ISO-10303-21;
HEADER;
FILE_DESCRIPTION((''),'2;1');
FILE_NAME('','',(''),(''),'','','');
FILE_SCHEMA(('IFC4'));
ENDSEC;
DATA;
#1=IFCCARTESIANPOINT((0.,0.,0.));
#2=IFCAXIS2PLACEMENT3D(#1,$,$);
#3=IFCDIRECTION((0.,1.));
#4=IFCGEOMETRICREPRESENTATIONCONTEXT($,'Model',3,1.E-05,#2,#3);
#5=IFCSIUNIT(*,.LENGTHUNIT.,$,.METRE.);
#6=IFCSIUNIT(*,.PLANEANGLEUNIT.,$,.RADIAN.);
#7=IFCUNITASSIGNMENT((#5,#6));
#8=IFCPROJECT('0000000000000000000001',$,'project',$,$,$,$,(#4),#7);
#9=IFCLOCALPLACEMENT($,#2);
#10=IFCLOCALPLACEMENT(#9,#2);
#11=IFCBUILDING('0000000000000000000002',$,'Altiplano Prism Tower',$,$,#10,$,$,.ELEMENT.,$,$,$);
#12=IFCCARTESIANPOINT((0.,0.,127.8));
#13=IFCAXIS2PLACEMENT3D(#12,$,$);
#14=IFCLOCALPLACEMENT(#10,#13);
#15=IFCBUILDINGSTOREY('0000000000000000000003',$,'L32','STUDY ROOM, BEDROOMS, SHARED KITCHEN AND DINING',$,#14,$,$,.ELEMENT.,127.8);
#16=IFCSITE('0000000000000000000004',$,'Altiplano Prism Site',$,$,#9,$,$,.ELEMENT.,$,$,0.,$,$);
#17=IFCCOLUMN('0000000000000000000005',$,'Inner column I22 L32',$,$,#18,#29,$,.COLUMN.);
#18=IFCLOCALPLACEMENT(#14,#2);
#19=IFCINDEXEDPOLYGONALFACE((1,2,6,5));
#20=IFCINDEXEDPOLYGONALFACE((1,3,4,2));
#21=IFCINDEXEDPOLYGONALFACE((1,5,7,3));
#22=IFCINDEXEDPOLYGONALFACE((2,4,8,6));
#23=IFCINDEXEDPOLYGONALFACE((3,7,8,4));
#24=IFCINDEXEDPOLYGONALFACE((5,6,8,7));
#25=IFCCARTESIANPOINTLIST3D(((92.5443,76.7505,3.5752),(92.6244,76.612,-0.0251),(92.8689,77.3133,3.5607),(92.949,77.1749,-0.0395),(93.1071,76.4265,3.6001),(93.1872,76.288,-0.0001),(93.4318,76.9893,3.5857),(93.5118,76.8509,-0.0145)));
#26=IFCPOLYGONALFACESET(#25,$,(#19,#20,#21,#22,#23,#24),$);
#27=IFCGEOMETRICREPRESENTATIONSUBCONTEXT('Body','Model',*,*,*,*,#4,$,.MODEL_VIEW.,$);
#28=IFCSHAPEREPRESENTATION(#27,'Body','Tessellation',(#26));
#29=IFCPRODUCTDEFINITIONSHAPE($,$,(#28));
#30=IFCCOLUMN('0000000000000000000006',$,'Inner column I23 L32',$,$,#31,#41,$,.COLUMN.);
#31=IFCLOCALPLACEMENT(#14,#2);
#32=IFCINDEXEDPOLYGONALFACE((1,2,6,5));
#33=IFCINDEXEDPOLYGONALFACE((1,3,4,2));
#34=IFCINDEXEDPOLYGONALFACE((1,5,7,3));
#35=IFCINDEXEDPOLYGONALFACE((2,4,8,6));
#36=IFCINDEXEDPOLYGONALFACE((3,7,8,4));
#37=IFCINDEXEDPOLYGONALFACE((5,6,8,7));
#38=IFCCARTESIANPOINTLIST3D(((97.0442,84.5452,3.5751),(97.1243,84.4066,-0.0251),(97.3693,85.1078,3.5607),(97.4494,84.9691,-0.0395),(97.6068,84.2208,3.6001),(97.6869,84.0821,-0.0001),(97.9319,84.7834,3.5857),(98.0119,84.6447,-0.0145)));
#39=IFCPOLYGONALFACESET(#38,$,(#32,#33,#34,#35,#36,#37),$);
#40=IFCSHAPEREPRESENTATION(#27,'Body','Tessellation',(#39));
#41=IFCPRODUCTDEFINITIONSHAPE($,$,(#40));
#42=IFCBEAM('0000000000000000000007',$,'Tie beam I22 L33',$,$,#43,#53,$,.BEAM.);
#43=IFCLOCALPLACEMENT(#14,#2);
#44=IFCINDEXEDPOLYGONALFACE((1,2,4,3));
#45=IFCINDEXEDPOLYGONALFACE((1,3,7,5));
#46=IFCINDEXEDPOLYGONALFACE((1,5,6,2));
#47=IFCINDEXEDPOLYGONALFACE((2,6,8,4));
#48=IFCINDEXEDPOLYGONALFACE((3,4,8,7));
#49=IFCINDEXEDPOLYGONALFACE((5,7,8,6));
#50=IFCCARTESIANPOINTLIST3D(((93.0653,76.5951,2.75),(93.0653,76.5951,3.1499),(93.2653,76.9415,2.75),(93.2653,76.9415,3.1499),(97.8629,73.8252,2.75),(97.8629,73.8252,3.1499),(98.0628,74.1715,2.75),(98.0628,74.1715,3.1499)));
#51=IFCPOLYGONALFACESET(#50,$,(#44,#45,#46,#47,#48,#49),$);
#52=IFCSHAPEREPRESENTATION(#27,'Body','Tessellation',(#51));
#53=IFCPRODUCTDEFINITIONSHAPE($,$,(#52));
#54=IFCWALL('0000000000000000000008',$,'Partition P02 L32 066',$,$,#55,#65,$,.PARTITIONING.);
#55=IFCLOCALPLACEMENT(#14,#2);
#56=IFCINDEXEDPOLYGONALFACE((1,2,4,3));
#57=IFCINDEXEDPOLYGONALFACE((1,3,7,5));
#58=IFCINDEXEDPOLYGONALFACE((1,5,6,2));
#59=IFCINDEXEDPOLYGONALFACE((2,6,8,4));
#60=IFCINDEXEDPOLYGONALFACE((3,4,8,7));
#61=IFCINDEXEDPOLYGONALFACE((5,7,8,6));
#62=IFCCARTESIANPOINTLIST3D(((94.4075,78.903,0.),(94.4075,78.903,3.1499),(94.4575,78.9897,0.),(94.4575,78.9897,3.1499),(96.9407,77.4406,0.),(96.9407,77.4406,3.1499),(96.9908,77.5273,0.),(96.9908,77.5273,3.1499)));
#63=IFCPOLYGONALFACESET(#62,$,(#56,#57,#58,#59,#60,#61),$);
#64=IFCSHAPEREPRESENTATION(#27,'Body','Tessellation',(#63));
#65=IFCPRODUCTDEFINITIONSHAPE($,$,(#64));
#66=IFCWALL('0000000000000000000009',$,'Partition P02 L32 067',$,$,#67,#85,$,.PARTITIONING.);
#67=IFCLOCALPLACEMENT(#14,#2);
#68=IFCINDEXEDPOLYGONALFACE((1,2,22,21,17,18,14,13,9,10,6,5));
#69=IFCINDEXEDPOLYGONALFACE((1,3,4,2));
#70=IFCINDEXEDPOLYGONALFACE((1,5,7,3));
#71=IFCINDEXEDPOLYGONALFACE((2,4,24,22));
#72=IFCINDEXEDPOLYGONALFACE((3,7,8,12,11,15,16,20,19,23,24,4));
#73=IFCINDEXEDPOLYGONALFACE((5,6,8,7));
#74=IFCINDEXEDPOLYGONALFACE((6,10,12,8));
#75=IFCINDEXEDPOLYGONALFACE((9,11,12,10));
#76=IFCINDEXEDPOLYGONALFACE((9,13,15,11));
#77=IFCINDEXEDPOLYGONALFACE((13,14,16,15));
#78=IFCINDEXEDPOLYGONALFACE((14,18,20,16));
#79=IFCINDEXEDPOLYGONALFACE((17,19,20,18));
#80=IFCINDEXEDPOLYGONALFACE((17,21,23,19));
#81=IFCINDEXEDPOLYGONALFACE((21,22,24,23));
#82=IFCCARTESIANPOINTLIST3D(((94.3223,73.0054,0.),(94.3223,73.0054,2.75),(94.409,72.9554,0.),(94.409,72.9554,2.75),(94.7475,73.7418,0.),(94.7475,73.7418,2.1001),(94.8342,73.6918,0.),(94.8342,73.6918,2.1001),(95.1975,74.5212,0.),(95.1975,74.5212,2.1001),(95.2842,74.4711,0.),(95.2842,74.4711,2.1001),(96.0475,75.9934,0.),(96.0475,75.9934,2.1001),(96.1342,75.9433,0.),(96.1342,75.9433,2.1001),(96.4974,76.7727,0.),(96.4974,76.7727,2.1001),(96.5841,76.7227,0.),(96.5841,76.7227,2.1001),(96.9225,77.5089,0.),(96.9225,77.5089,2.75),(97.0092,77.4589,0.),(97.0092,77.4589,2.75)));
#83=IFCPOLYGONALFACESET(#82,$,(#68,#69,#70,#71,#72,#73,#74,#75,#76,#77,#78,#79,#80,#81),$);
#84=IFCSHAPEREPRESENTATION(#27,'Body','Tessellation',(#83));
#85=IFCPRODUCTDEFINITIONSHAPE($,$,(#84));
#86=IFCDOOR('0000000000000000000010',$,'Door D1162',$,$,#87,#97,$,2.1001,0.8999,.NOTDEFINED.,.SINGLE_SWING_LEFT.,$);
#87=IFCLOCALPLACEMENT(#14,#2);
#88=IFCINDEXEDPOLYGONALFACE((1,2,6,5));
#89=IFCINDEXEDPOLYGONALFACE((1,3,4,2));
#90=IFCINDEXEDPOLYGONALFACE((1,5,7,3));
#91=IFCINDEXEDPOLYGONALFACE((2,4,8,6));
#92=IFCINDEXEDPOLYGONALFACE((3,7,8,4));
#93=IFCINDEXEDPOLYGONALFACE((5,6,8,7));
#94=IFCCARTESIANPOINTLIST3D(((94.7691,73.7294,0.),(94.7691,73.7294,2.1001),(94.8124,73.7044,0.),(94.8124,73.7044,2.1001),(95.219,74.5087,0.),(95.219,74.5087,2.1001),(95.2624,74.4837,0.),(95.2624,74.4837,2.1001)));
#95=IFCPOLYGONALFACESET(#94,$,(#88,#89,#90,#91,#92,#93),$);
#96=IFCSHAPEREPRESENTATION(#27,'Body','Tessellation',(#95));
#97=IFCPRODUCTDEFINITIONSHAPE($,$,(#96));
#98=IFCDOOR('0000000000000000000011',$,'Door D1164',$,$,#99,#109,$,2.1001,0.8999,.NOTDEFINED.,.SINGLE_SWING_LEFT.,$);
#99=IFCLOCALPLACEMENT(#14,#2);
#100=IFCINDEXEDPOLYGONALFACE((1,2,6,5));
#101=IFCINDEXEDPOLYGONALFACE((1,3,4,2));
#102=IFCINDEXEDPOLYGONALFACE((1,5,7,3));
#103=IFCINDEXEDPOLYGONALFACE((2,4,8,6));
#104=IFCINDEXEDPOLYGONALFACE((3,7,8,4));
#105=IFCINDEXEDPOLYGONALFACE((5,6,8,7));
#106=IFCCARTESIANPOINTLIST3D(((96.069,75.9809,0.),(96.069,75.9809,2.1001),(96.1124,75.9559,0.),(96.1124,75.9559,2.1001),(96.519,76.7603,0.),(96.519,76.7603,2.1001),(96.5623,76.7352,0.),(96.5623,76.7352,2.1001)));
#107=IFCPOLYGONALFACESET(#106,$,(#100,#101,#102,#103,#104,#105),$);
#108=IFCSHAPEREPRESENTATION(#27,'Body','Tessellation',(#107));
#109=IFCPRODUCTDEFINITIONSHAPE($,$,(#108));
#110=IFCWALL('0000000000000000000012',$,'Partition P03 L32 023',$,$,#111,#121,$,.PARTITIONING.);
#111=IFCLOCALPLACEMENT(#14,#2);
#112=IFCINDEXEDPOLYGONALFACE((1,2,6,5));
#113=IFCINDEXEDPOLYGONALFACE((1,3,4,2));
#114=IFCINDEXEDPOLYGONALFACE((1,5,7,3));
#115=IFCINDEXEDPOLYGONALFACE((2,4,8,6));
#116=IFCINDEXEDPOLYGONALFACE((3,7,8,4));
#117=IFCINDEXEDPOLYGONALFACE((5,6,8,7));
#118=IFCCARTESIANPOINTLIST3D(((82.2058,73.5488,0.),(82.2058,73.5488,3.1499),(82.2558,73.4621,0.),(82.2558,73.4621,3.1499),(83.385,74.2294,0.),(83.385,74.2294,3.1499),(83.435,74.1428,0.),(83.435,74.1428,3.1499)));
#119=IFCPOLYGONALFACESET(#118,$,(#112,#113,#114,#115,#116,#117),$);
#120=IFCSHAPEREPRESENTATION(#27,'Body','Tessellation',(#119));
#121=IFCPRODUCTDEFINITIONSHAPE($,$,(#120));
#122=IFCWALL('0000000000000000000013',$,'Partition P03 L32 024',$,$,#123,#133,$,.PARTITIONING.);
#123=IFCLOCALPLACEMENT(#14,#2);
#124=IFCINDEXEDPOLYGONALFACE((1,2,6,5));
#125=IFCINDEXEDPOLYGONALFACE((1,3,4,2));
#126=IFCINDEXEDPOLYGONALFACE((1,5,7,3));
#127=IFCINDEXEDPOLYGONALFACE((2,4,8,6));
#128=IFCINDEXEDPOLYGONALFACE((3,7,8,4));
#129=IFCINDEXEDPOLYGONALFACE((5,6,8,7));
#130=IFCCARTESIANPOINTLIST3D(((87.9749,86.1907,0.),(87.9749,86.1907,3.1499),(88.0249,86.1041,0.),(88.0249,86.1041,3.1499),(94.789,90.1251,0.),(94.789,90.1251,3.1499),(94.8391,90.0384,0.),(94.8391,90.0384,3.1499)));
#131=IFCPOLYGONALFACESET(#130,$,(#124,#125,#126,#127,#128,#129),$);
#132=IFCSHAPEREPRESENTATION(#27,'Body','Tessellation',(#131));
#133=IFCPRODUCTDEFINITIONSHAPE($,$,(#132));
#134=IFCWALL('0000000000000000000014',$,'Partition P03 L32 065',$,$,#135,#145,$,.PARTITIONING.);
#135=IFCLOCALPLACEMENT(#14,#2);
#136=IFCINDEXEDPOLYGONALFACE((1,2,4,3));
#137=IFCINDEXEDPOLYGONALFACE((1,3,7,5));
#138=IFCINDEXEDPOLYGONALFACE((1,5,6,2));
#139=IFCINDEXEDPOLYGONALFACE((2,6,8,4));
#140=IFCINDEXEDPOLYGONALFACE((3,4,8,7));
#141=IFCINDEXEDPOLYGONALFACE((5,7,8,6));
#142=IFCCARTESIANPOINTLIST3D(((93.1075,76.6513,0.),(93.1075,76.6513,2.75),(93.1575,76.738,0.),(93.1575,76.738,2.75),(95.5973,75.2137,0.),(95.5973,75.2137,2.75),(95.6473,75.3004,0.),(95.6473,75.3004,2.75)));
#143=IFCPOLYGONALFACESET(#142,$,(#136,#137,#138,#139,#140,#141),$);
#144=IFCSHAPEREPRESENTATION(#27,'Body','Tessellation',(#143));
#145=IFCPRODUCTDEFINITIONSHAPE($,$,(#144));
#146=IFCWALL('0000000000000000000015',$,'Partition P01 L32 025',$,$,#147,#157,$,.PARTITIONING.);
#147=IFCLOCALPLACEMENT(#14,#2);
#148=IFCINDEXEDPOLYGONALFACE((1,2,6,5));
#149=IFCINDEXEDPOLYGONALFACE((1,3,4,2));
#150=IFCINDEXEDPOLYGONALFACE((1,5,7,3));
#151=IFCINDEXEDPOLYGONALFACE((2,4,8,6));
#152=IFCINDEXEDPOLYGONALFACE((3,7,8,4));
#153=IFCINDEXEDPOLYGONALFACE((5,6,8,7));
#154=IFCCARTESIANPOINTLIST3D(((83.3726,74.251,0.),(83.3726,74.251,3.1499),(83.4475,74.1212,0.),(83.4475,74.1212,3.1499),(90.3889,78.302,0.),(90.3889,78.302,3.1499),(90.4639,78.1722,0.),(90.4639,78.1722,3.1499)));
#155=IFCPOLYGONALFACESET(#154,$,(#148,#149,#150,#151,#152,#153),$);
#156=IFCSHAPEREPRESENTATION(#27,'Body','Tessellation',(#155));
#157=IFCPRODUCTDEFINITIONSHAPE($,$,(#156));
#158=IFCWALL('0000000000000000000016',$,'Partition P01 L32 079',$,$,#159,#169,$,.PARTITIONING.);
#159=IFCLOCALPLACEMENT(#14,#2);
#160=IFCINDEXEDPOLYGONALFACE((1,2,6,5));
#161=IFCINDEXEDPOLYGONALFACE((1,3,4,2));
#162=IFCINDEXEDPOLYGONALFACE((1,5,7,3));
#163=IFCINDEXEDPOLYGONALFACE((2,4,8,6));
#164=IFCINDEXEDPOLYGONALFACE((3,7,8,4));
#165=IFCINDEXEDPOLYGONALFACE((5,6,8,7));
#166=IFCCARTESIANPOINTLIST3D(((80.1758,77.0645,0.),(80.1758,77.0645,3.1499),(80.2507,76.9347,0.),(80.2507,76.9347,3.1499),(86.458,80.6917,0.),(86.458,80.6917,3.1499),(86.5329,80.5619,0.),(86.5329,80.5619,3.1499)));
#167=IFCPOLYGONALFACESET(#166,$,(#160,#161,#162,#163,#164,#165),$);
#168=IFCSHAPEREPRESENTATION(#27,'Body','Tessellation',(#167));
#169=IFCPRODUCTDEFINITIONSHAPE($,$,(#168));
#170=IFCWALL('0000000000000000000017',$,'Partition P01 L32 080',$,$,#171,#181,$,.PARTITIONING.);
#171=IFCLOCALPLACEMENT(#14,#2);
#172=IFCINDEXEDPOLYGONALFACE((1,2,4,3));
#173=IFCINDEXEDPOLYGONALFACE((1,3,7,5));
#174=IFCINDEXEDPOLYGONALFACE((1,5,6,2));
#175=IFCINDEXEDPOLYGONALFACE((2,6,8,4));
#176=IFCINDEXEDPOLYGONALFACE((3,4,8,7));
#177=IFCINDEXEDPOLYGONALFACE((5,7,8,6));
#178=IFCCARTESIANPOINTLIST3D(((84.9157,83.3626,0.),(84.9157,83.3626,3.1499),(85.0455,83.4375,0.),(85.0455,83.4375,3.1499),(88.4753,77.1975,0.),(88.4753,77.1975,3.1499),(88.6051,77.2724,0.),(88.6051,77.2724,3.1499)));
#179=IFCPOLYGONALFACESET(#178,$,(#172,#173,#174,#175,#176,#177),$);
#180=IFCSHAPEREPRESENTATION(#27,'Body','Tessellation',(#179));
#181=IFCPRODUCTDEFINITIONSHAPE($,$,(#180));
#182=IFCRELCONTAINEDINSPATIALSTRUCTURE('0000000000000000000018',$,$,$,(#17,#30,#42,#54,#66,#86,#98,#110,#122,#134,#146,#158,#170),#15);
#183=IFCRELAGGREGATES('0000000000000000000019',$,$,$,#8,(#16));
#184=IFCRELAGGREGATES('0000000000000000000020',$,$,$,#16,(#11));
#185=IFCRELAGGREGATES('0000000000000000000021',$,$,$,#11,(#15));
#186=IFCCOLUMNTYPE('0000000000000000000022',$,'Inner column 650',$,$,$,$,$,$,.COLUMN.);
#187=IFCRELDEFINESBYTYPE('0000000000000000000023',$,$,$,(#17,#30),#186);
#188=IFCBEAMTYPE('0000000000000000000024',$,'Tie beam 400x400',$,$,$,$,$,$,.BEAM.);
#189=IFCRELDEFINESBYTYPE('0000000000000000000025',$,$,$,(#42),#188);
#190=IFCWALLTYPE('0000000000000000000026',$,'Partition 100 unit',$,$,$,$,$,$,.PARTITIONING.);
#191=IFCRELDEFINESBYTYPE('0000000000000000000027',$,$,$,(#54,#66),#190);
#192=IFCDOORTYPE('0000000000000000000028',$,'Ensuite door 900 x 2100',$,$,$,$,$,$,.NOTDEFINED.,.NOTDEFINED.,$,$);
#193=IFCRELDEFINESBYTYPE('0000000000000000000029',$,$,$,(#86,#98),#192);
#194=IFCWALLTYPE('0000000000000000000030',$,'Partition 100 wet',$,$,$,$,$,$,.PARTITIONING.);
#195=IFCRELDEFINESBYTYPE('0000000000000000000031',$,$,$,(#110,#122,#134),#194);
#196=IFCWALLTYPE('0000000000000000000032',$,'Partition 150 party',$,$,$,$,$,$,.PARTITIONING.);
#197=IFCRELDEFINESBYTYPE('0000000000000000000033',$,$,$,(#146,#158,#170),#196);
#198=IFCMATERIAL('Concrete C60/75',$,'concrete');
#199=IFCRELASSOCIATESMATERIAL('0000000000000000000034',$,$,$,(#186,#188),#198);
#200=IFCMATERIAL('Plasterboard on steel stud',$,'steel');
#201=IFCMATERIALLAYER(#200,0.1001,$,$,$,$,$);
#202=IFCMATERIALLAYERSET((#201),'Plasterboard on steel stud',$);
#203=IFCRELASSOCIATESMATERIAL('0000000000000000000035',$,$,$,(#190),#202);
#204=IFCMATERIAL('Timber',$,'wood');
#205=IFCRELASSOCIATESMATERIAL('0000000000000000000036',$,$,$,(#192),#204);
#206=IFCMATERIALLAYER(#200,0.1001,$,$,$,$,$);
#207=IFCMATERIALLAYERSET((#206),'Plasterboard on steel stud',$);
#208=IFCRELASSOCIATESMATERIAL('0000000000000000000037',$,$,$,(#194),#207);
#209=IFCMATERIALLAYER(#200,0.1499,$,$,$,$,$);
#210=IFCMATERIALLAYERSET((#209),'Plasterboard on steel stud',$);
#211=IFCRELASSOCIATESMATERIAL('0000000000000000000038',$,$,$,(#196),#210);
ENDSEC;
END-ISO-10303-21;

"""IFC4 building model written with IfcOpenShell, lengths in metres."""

from ifc_helpers import new_model, si_unit, direction, frame, frame_2d, origin, origin_2d, place, context, subcontext, project, spatial, rectangle, extrude, material, layer, layer_set, material_profile, profile_set, type_object, element, fill, save


model = new_model("IFC4")

# Units and contexts
model_context = context("Model", 3, precision=1e-05, world=origin(), true_north=direction((0.0, 1.0)))
body_context = subcontext(model_context, "Body", "Model", "MODEL_VIEW")
ifc_project = project(units=[si_unit("LENGTHUNIT", "METRE"), si_unit("PLANEANGLEUNIT", "RADIAN")], contexts=[model_context])

# Site, building, storey
site_placement = place(None, origin())
site = spatial("IfcSite", under=ifc_project, at=site_placement, Name="Altiplano Prism Site", CompositionType="ELEMENT", RefElevation=0.0)
building_placement = place(site_placement, origin())
building = spatial("IfcBuilding", under=site, at=building_placement, Name="Altiplano Prism Tower", CompositionType="ELEMENT")
storey_placement = place(building_placement, frame((0.0, 0.0, 127.8)))
storey = spatial("IfcBuildingStorey", under=building, at=storey_placement, Name="L32", Description="STUDY ROOM, BEDROOMS, SHARED KITCHEN AND DINING", CompositionType="ELEMENT", Elevation=127.8)

# Columns
ifc_material_1 = material(Name="Concrete C60/75", Category="concrete")
ifc_material_profile_1 = material_profile(ifc_material_1, rectangle(XDim=0.6499, YDim=0.6499, at=origin_2d()), Name="Inner column 650")
ifc_profile_set_1 = profile_set([ifc_material_profile_1], Name="Concrete C60/75")
column_type = type_object("IfcColumnType", Name="Inner column 650", PredefinedType="COLUMN", material=ifc_profile_set_1)
for number, where, z_axis, x_axis, name in (
    (1, (93.0681, 76.7314, -0.0198), (-0.022221, 0.038413, 0.999015), (-0.499513, -0.866022, 0.022189), "Inner column I22 L32"),
    (2, (97.5681, 84.5256, -0.0198), (-0.022221, 0.038481, 0.999012), (-0.50017, -0.865642, 0.022218), "Inner column I23 L32"),
):
    element("IfcColumn", number, at=place(storey_placement, frame(where, z_axis=z_axis, x_axis=x_axis)), inside=storey, type_object=column_type, Name=name, PredefinedType="COLUMN", context=body_context, shape_type="SweptSolid", body=[
        extrude(rectangle(XDim=0.6499, YDim=0.6499, at=origin_2d()), origin(), (0.0, 0.0, 1.0), 3.6038),
    ])

# Beam
ifc_material_profile_2 = material_profile(ifc_material_1, rectangle(XDim=0.3999, YDim=0.3999, at=origin_2d()), Name="Tie beam 400x400")
ifc_profile_set_2 = profile_set([ifc_material_profile_2], Name="Concrete C60/75")
beam_type = type_object("IfcBeamType", Name="Tie beam 400x400", PredefinedType="BEAM", material=ifc_profile_set_2)
beam_placement = place(storey_placement, frame((93.1653, 76.7683, 2.95), z_axis=(0.866016, -0.500016, 0.0), x_axis=(0.500016, 0.866016, 0.0)))
element("IfcBeam", 3, at=beam_placement, inside=storey, type_object=beam_type, Name="Tie beam I22 L33", PredefinedType="BEAM", context=body_context, shape_type="SweptSolid", body=[
    extrude(rectangle(XDim=0.3999, YDim=0.3999, at=origin_2d()), origin(), (0.0, 0.0, 1.0), 5.5398),
])

# Wall
ifc_material_2 = material(Name="Plasterboard on steel stud", Category="steel")
ifc_layer_1 = layer(ifc_material_2, 0.1001)
ifc_layer_set_1 = layer_set([ifc_layer_1], Name="Plasterboard on steel stud")
wall_type_1 = type_object("IfcWallType", Name="Partition 100 unit", PredefinedType="PARTITIONING", material=ifc_layer_set_1)
wall_1_placement = place(storey_placement, frame((94.4326, 78.9463, 0.0), z_axis=(0.0, 0.0, 1.0), x_axis=(0.866047, -0.499963, 0.0)))
element("IfcWall", 4, at=wall_1_placement, inside=storey, type_object=wall_type_1, Name="Partition P02 L32 066", PredefinedType="PARTITIONING", context=body_context, shape_type="SweptSolid", body=[
    extrude(rectangle(XDim=2.925, YDim=0.1001, at=frame_2d((1.4624, 0.0))), origin(), (0.0, 0.0, 1.0), 3.1499),
])

# Wall, openings, doors
wall_2_placement = place(storey_placement, frame((96.9658, 77.4839, 0.0), z_axis=(0.0, 0.0, 1.0), x_axis=(-0.500007, -0.866021, 0.0)))
wall_2 = element("IfcWall", 5, at=wall_2_placement, inside=storey, type_object=wall_type_1, Name="Partition P02 L32 067", PredefinedType="PARTITIONING", context=body_context, shape_type="SweptSolid", body=[
    extrude(rectangle(XDim=5.2002, YDim=0.1001, at=frame_2d((2.6001, 0.0))), origin(), (0.0, 0.0, 1.0), 2.75),
])
opening_1_placement = place(wall_2_placement, frame((3.45, 0.0, 0.0)))
opening_1 = element("IfcOpeningElement", 6, at=opening_1_placement, cuts=wall_2, PredefinedType="OPENING", context=body_context, shape_type="SweptSolid", body=[
    extrude(rectangle(XDim=0.8999, YDim=2.1001, at=frame_2d((0.45, 1.05))), frame((0.0, 0.0605, 0.0), z_axis=(0.0, -1.0, 0.0), x_axis=(1.0, 0.0, 0.0)), (0.0, 0.0, 1.0), 0.1211),
])
opening_2_placement = place(wall_2_placement, frame((0.8501, 0.0, 0.0)))
opening_2 = element("IfcOpeningElement", 7, at=opening_2_placement, cuts=wall_2, PredefinedType="OPENING", context=body_context, shape_type="SweptSolid", body=[
    extrude(rectangle(XDim=0.8999, YDim=2.1001, at=frame_2d((0.45, 1.05))), frame((0.0, 0.0605, 0.0), z_axis=(0.0, -1.0, 0.0), x_axis=(1.0, 0.0, 0.0)), (0.0, 0.0, 1.0), 0.1211),
])
ifc_material_3 = material(Name="Timber", Category="wood")
door_type = type_object("IfcDoorType", Name="Ensuite door 900 x 2100", OperationType="NOTDEFINED", PredefinedType="NOTDEFINED", material=ifc_material_3)
door_1_placement = place(opening_1_placement, origin())
door_1 = element("IfcDoor", 8, at=door_1_placement, inside=storey, type_object=door_type, Name="Door D1162", OperationType="SINGLE_SWING_LEFT", OverallHeight=2.1001, OverallWidth=0.8999, PredefinedType="NOTDEFINED", context=body_context, shape_type="SweptSolid", body=[
    extrude(rectangle(XDim=0.8999, YDim=2.1001, at=frame_2d((0.45, 1.05))), frame((0.0, 0.0249, 0.0), z_axis=(0.0, -1.0, 0.0), x_axis=(1.0, 0.0, 0.0)), (0.0, 0.0, 1.0), 0.05),
])
fill(opening_1, door_1)
door_2_placement = place(opening_2_placement, origin())
door_2 = element("IfcDoor", 9, at=door_2_placement, inside=storey, type_object=door_type, Name="Door D1164", OperationType="SINGLE_SWING_LEFT", OverallHeight=2.1001, OverallWidth=0.8999, PredefinedType="NOTDEFINED", context=body_context, shape_type="SweptSolid", body=[
    extrude(rectangle(XDim=0.8999, YDim=2.1001, at=frame_2d((0.45, 1.05))), frame((0.0, 0.0249, 0.0), z_axis=(0.0, -1.0, 0.0), x_axis=(1.0, 0.0, 0.0)), (0.0, 0.0, 1.0), 0.05),
])
fill(opening_2, door_2)

# Walls
ifc_layer_2 = layer(ifc_material_2, 0.1001)
ifc_layer_set_2 = layer_set([ifc_layer_2], Name="Plasterboard on steel stud")
wall_type_2 = type_object("IfcWallType", Name="Partition 100 wet", PredefinedType="PARTITIONING", material=ifc_layer_set_2)
wall_3_placement = place(storey_placement, frame((83.4099, 74.186, 0.0), z_axis=(0.0, 0.0, 1.0), x_axis=(-0.866072, -0.499919, 0.0)))
element("IfcWall", 10, at=wall_3_placement, inside=storey, type_object=wall_type_2, Name="Partition P03 L32 023", PredefinedType="PARTITIONING", context=body_context, shape_type="SweptSolid", body=[
    extrude(rectangle(XDim=1.3616, YDim=0.1001, at=frame_2d((0.6807, 0.0))), origin(), (0.0, 0.0, 1.0), 3.1499),
])
wall_4_placement = place(storey_placement, frame((88.0, 86.1475, 0.0), z_axis=(0.0, 0.0, 1.0), x_axis=(0.866018, 0.500013, 0.0)))
element("IfcWall", 11, at=wall_4_placement, inside=storey, type_object=wall_type_2, Name="Partition P03 L32 024", PredefinedType="PARTITIONING", context=body_context, shape_type="SweptSolid", body=[
    extrude(rectangle(XDim=7.8684, YDim=0.1001, at=frame_2d((3.9341, 0.0))), origin(), (0.0, 0.0, 1.0), 3.1499),
])
wall_5_placement = place(storey_placement, frame((95.6223, 75.2571, 0.0), z_axis=(0.0, 0.0, 1.0), x_axis=(-0.866019, 0.500012, 0.0)))
element("IfcWall", 12, at=wall_5_placement, inside=storey, type_object=wall_type_2, Name="Partition P03 L32 065", PredefinedType="PARTITIONING", context=body_context, shape_type="SweptSolid", body=[
    extrude(rectangle(XDim=2.875, YDim=0.1001, at=frame_2d((1.4375, 0.0))), origin(), (0.0, 0.0, 1.0), 2.75),
])
ifc_layer_3 = layer(ifc_material_2, 0.1499)
ifc_layer_set_3 = layer_set([ifc_layer_3], Name="Plasterboard on steel stud")
wall_type_3 = type_object("IfcWallType", Name="Partition 150 party", PredefinedType="PARTITIONING", material=ifc_layer_set_3)
wall_6_placement = place(storey_placement, frame((90.4263, 78.2371, 0.0), z_axis=(0.0, 0.0, 1.0), x_axis=(-0.866018, -0.500012, 0.0)))
element("IfcWall", 13, at=wall_6_placement, inside=storey, type_object=wall_type_3, Name="Partition P01 L32 025", PredefinedType="PARTITIONING", context=body_context, shape_type="SweptSolid", body=[
    extrude(rectangle(XDim=8.1018, YDim=0.1499, at=frame_2d((4.0508, 0.0))), origin(), (0.0, 0.0, 1.0), 3.1499),
])
wall_7_placement = place(storey_placement, frame((86.4954, 80.6267, 0.0), z_axis=(0.0, 0.0, 1.0), x_axis=(-0.866016, -0.500016, 0.0)))
element("IfcWall", 14, at=wall_7_placement, inside=storey, type_object=wall_type_3, Name="Partition P01 L32 079", PredefinedType="PARTITIONING", context=body_context, shape_type="SweptSolid", body=[
    extrude(rectangle(XDim=7.2542, YDim=0.1499, at=frame_2d((3.627, 0.0))), origin(), (0.0, 0.0, 1.0), 3.1499),
])
wall_8_placement = place(storey_placement, frame((88.5403, 77.2349, 0.0), z_axis=(0.0, 0.0, 1.0), x_axis=(-0.500019, 0.866014, 0.0)))
element("IfcWall", 15, at=wall_8_placement, inside=storey, type_object=wall_type_3, Name="Partition P01 L32 080", PredefinedType="PARTITIONING", context=body_context, shape_type="SweptSolid", body=[
    extrude(rectangle(XDim=7.1189, YDim=0.1499, at=frame_2d((3.5596, 0.0))), origin(), (0.0, 0.0, 1.0), 3.1499),
])

save(model, "model.ifc")
